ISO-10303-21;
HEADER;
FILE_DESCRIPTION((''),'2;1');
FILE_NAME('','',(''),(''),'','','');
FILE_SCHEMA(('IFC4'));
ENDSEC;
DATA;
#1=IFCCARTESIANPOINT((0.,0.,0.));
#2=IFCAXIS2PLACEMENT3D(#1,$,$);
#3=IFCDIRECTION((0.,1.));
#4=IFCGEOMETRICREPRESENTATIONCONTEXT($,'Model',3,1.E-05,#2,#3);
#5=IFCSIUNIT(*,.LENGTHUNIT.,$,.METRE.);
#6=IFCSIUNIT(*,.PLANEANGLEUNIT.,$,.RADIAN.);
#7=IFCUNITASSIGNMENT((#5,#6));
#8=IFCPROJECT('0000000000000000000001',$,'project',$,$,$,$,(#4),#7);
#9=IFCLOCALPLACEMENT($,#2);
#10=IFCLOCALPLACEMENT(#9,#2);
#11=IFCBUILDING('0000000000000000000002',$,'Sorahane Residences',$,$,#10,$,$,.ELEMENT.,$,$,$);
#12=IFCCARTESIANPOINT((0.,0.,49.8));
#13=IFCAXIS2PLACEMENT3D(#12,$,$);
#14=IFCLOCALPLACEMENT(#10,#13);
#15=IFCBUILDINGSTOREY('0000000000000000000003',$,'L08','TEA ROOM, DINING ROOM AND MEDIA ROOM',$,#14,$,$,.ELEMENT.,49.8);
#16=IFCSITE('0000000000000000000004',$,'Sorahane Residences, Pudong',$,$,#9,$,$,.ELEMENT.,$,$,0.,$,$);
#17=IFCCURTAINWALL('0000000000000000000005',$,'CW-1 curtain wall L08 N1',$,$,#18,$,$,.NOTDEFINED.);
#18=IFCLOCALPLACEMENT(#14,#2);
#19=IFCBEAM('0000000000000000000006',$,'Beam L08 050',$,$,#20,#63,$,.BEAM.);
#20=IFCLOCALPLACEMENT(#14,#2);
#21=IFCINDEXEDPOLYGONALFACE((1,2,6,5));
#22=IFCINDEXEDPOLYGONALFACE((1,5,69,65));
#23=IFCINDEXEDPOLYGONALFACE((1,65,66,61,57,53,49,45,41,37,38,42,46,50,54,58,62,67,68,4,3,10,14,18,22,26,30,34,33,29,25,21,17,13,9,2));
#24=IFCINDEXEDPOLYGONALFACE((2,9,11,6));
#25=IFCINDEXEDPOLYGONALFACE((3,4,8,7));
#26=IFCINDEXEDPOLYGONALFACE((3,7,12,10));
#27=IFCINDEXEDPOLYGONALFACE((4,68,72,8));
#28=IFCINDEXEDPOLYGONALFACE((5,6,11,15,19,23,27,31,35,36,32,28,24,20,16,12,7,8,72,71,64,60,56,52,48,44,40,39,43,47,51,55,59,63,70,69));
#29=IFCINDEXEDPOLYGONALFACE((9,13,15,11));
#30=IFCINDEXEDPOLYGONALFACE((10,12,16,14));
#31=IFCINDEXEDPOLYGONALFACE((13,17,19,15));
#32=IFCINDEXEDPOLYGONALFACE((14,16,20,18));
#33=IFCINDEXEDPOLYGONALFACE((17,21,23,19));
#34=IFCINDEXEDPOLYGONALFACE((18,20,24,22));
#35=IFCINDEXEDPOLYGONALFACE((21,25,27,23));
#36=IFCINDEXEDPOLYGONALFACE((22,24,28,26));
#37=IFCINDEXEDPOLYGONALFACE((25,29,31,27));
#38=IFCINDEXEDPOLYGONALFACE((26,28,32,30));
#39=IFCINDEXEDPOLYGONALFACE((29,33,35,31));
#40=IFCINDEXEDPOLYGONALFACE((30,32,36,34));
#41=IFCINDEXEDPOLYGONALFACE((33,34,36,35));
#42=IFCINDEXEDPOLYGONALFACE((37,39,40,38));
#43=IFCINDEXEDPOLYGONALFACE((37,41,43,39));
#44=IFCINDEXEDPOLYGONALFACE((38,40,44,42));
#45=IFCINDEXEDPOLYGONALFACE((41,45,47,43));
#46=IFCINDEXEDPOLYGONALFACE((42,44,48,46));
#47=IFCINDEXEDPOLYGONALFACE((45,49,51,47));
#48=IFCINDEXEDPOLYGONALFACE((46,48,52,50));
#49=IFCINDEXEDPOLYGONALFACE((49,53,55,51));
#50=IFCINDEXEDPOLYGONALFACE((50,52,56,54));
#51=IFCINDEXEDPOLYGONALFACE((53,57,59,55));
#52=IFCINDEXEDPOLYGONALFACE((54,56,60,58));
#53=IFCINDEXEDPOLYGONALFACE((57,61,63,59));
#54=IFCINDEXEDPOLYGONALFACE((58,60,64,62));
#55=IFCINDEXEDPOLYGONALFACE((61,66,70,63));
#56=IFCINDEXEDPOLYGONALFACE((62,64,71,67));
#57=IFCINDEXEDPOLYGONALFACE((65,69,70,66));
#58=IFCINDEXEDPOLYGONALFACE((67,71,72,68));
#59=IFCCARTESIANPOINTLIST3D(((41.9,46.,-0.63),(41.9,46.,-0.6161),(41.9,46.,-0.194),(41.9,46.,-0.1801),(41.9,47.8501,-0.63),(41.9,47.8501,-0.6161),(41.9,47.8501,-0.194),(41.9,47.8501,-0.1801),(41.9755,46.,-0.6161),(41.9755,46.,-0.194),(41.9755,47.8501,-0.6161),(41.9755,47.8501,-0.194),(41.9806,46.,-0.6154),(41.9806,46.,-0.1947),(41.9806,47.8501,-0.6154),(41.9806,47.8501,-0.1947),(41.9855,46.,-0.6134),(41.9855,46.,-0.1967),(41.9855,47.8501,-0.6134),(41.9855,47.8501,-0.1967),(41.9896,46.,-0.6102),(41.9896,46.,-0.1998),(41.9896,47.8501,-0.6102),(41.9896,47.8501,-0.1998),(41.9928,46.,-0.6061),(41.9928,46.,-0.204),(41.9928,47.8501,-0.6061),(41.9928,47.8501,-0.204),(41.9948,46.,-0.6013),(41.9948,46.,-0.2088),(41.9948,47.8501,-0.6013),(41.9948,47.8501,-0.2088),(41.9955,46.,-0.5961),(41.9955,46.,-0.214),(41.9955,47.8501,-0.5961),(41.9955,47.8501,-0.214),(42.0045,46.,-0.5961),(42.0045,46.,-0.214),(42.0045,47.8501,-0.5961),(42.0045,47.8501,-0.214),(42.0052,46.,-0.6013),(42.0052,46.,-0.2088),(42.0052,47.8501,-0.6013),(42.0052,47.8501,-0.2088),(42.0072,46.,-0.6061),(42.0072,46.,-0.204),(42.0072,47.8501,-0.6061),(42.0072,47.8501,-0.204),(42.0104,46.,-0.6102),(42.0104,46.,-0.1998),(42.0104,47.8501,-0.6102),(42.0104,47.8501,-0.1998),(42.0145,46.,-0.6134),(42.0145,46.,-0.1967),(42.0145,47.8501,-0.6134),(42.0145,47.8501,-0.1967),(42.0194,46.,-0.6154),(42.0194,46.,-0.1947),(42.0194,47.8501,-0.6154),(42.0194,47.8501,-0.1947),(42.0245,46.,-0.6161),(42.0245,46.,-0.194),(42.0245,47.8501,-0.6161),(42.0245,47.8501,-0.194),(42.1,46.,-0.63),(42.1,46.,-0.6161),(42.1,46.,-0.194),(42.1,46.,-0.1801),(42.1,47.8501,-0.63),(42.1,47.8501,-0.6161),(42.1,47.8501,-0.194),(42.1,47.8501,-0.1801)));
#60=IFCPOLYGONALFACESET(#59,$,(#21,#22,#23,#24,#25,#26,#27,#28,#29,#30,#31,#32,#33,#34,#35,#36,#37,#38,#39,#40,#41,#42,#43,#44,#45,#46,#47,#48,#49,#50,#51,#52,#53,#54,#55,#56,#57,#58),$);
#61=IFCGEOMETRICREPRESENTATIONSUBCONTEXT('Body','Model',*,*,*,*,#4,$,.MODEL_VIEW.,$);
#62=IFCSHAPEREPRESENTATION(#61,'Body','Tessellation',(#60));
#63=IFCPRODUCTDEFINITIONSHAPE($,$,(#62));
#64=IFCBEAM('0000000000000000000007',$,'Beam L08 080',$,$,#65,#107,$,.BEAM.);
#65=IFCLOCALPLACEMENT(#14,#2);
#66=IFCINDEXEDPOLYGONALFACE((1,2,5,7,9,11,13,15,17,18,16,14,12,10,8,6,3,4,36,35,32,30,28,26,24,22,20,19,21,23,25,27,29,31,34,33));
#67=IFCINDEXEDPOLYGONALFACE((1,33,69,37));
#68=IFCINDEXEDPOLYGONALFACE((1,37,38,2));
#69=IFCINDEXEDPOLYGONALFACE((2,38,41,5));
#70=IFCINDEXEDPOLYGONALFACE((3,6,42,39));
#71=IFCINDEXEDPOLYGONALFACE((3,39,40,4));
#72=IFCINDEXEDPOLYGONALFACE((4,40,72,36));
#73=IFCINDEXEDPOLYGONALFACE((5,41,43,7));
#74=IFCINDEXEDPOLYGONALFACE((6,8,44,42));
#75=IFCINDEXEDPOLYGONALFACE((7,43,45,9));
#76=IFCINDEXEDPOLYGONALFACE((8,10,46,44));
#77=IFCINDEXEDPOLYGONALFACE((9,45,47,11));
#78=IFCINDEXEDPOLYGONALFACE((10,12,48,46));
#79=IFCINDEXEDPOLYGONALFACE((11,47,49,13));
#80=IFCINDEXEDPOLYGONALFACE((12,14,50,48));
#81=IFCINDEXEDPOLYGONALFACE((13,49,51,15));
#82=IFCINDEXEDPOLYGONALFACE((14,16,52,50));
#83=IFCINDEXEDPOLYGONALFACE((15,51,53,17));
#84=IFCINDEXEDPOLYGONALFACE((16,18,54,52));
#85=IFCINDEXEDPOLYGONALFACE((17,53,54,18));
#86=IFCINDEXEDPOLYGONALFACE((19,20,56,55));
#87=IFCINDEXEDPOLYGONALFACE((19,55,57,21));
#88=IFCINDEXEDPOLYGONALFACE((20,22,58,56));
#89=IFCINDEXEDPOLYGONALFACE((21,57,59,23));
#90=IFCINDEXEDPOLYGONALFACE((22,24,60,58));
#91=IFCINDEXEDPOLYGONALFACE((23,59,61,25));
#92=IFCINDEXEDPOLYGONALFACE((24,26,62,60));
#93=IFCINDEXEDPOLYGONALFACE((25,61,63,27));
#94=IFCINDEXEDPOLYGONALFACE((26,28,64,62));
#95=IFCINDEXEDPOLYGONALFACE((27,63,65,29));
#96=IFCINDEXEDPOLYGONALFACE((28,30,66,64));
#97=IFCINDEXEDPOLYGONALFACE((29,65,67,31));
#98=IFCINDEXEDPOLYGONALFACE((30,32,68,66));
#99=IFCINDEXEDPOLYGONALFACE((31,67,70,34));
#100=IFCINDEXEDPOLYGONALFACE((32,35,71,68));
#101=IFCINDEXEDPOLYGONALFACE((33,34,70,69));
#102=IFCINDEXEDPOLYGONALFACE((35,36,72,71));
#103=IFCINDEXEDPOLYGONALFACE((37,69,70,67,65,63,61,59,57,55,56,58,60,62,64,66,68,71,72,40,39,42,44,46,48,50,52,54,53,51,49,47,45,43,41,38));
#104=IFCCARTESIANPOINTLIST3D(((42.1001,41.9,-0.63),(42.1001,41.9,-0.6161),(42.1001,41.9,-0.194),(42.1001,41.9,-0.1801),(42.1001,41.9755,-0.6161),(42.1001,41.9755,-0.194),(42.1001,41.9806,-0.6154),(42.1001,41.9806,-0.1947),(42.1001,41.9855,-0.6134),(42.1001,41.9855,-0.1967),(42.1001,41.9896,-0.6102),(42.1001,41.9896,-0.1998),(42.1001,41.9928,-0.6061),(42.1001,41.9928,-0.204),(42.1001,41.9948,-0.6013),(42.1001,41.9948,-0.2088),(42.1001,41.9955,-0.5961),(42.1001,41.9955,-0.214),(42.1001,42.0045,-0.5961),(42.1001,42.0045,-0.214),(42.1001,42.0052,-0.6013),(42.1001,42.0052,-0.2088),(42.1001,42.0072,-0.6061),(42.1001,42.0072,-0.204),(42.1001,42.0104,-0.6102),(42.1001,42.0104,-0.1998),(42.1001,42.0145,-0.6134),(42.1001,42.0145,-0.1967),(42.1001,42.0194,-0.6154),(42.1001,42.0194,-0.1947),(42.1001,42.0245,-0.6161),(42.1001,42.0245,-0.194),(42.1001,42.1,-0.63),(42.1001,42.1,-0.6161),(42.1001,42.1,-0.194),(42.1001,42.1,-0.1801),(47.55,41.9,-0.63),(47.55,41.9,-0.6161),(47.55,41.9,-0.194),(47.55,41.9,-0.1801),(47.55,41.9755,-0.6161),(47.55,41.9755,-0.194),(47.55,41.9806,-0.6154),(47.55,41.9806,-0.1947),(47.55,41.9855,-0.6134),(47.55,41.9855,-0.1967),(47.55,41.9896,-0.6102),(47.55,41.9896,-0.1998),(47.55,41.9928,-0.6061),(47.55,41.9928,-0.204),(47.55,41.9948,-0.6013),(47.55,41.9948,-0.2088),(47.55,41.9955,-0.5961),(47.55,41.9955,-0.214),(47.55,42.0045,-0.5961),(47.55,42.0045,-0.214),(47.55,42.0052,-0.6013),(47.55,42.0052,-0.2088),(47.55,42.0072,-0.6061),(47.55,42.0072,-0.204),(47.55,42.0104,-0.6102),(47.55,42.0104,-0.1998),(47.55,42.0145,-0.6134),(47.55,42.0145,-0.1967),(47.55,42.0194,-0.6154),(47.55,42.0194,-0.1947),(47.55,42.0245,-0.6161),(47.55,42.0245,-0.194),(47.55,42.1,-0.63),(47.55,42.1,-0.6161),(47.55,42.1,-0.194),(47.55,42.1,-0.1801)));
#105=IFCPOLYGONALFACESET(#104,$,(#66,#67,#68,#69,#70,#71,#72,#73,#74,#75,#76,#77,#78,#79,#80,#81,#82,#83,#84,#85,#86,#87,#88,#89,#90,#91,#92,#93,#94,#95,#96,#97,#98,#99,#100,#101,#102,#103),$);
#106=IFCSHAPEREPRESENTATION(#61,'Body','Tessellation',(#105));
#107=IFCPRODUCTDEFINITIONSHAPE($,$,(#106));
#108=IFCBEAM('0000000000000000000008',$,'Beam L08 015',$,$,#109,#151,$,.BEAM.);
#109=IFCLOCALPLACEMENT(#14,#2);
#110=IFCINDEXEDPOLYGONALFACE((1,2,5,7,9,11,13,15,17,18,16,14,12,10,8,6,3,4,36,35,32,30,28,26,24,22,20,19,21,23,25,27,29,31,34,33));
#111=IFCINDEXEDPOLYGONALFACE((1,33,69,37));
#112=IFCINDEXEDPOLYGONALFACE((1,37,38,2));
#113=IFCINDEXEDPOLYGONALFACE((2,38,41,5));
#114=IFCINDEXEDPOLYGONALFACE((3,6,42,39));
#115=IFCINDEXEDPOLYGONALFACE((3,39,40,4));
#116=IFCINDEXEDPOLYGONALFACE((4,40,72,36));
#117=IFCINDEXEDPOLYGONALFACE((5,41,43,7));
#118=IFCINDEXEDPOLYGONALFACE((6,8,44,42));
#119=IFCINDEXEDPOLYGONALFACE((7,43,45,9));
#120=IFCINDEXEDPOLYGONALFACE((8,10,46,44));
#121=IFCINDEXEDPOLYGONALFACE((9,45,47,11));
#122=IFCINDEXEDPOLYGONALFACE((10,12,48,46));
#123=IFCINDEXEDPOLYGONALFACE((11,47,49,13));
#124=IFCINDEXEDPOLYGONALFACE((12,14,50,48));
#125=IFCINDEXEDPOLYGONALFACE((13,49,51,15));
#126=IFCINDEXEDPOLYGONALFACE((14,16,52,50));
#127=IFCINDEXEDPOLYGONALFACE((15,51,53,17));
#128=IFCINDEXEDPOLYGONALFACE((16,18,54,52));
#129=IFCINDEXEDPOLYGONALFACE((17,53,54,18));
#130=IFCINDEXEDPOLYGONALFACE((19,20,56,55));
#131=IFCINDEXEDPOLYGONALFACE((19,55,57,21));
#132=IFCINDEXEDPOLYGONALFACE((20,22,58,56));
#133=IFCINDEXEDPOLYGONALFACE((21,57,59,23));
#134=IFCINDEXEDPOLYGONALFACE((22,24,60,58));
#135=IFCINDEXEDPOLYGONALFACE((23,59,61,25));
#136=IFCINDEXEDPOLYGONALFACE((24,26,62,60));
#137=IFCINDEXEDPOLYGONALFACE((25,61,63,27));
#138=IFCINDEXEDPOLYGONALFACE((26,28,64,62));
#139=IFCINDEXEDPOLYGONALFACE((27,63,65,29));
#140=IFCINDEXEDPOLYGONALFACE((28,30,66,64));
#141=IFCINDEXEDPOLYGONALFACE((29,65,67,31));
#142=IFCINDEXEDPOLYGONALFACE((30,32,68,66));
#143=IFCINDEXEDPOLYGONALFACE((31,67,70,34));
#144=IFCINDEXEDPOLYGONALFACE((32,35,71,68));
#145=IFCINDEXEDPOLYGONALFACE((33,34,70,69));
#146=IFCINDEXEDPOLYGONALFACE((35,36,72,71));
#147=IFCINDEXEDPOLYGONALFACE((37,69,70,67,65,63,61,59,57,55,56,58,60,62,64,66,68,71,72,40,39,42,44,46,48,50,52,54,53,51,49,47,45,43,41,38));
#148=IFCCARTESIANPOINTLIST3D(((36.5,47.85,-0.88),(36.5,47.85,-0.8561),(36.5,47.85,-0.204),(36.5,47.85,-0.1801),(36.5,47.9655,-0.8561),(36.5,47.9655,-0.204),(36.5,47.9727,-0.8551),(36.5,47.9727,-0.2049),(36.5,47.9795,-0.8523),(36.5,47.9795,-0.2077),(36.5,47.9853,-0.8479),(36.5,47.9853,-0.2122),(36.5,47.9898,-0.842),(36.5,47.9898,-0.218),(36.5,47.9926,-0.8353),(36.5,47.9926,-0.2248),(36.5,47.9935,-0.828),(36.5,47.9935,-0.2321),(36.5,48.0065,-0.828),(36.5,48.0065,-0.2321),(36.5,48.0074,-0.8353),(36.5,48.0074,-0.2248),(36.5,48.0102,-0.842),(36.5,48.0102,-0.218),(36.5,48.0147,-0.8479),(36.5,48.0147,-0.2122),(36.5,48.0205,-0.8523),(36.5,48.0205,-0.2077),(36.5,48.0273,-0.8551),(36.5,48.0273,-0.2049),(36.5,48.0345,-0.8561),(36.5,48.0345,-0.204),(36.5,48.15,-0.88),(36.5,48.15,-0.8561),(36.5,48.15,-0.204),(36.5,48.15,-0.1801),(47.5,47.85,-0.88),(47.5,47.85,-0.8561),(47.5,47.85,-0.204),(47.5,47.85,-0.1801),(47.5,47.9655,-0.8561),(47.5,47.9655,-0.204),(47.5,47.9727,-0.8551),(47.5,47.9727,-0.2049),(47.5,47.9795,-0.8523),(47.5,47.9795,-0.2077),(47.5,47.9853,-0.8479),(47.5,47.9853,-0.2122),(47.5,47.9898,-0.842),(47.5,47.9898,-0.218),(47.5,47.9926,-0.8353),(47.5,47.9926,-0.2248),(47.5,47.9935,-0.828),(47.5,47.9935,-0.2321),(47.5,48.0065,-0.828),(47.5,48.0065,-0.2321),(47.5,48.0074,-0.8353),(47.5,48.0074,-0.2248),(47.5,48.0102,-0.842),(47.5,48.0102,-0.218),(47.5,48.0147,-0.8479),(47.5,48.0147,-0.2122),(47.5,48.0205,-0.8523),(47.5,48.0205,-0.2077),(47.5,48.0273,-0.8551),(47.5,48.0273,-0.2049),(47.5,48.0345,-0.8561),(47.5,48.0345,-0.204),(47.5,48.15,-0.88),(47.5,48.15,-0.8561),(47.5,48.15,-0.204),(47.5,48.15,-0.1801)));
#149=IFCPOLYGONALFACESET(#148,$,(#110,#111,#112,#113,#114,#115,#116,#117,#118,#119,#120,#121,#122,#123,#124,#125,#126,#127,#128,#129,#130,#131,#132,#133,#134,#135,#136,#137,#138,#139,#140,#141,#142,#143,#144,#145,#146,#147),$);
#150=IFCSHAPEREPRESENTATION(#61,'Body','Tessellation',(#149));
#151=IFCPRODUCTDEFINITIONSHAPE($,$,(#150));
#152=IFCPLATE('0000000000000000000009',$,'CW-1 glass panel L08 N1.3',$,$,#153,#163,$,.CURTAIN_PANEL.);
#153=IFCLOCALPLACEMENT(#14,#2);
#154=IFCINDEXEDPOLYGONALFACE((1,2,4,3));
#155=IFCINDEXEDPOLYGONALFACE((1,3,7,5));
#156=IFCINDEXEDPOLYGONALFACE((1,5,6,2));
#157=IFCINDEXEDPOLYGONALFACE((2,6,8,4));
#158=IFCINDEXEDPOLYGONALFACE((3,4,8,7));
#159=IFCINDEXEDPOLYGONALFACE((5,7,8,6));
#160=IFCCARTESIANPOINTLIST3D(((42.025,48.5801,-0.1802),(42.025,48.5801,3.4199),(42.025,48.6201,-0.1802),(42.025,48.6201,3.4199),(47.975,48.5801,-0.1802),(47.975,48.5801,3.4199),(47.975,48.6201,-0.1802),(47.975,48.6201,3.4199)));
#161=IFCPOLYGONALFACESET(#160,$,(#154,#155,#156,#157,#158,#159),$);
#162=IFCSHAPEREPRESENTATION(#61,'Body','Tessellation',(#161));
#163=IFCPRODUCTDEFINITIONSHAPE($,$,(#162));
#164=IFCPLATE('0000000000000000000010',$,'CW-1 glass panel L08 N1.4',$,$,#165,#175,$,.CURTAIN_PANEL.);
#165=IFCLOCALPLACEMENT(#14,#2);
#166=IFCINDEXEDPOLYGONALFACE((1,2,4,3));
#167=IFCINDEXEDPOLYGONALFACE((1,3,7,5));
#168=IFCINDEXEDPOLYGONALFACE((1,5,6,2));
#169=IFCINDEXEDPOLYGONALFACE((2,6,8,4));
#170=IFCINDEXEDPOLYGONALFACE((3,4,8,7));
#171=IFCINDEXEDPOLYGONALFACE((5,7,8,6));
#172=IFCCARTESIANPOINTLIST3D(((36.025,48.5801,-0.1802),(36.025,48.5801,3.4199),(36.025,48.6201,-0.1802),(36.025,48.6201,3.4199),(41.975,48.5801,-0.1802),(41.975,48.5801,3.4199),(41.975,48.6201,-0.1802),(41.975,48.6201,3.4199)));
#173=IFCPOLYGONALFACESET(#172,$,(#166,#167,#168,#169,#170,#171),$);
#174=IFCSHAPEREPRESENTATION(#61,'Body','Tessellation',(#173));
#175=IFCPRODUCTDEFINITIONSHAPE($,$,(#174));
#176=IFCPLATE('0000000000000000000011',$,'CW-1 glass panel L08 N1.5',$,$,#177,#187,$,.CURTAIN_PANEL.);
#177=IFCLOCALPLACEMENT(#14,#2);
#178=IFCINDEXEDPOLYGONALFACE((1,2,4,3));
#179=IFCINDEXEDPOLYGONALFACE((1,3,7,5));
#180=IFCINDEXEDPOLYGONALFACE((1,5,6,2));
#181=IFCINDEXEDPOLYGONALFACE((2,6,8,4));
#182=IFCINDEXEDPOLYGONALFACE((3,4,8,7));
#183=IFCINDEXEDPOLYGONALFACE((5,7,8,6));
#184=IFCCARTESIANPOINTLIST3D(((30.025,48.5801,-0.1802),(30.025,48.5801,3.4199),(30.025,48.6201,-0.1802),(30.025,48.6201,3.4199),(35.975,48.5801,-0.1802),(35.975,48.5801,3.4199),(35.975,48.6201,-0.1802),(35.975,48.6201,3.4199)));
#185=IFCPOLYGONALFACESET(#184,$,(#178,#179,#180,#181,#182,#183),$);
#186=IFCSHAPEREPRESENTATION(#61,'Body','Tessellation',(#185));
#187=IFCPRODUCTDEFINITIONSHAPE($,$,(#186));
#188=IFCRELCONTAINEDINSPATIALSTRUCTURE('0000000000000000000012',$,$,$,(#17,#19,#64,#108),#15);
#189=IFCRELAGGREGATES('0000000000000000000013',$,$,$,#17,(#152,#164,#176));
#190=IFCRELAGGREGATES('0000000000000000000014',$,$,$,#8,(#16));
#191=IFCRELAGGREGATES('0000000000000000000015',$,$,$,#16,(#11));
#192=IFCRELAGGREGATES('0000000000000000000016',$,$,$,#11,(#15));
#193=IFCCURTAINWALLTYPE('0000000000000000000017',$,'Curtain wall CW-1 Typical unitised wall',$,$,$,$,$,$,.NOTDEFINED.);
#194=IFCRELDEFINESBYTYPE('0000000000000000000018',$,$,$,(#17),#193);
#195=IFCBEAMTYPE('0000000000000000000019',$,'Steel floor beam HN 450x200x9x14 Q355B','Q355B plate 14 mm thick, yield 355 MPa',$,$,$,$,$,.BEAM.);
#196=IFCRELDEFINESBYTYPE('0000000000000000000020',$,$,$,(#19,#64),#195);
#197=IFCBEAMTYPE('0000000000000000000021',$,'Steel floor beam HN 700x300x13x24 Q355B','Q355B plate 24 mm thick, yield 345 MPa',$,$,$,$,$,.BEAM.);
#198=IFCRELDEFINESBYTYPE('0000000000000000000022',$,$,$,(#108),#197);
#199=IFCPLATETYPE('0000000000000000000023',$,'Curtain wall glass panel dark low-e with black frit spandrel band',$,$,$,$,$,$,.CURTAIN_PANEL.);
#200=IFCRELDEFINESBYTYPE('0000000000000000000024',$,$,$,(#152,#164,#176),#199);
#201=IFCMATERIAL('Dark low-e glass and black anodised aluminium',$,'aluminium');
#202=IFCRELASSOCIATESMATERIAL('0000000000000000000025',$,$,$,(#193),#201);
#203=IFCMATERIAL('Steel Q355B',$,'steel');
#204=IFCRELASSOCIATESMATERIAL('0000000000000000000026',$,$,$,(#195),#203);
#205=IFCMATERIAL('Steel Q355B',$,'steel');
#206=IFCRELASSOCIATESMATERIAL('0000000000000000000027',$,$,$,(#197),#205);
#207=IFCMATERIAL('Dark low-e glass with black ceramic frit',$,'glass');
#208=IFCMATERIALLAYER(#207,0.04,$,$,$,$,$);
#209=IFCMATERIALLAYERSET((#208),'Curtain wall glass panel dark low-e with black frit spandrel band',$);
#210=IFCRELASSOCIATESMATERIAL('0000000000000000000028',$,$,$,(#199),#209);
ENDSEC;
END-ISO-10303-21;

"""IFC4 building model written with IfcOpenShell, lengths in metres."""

from ifc_helpers import new_model, si_unit, direction, frame, origin, origin_2d, place, context, subcontext, project, spatial, rectangle, i_section, extrude, material, layer, layer_set, material_profile, profile_set, type_object, element, aggregate, save


model = new_model("IFC4")

# Units and contexts
model_context = context("Model", 3, precision=1e-05, world=origin(), true_north=direction((0.0, 1.0)))
body_context = subcontext(model_context, "Body", "Model", "MODEL_VIEW")
ifc_project = project(units=[si_unit("LENGTHUNIT", "METRE"), si_unit("PLANEANGLEUNIT", "RADIAN")], contexts=[model_context])

# Site, building, storey
site_placement = place(None, origin())
site = spatial("IfcSite", under=ifc_project, at=site_placement, Name="Sorahane Residences, Pudong", CompositionType="ELEMENT", RefElevation=0.0)
building_placement = place(site_placement, origin())
building = spatial("IfcBuilding", under=site, at=building_placement, Name="Sorahane Residences", CompositionType="ELEMENT")
storey_placement = place(building_placement, frame((0.0, 0.0, 49.8)))
storey = spatial("IfcBuildingStorey", under=building, at=storey_placement, Name="L08", Description="TEA ROOM, DINING ROOM AND MEDIA ROOM", CompositionType="ELEMENT", Elevation=49.8)

# Curtain wall
ifc_material_1 = material(Name="Dark low-e glass and black anodised aluminium", Category="aluminium")
curtain_wall_type = type_object("IfcCurtainWallType", Name="Curtain wall CW-1 Typical unitised wall", PredefinedType="NOTDEFINED", material=ifc_material_1)
curtain_wall_placement = place(storey_placement, origin())
curtain_wall = element("IfcCurtainWall", 1, at=curtain_wall_placement, inside=storey, type_object=curtain_wall_type, Name="CW-1 curtain wall L08 N1", PredefinedType="NOTDEFINED")

# Beams
ifc_material_2 = material(Name="Steel Q355B", Category="steel")
ifc_material_profile_1 = material_profile(ifc_material_2, i_section(OverallWidth=0.2, OverallDepth=0.45, WebThickness=0.009, FlangeThickness=0.0139, FilletRadius=0.02, at=origin_2d()), Name="HN 450x200x9x14")
ifc_profile_set_1 = profile_set([ifc_material_profile_1], Name="Steel Q355B")
beam_type_1 = type_object("IfcBeamType", Name="Steel floor beam HN 450x200x9x14 Q355B", Description="Q355B plate 14 mm thick, yield 355 MPa", PredefinedType="BEAM", material=ifc_profile_set_1)
beam_1_placement = place(storey_placement, frame((42.0, 46.0, -0.405), z_axis=(0.0, 1.0, 0.0), x_axis=(-1.0, 0.0, 0.0)))
element("IfcBeam", 2, at=beam_1_placement, inside=storey, type_object=beam_type_1, Name="Beam L08 050", PredefinedType="BEAM", context=body_context, shape_type="SweptSolid", body=[
    extrude(i_section(OverallWidth=0.2, OverallDepth=0.45, WebThickness=0.009, FlangeThickness=0.0139, FilletRadius=0.02, at=origin_2d()), origin(), (0.0, 0.0, 1.0), 1.8501),
])
beam_2_placement = place(storey_placement, frame((42.1001, 42.0, -0.405), z_axis=(1.0, 0.0, 0.0), x_axis=(0.0, 1.0, 0.0)))
element("IfcBeam", 3, at=beam_2_placement, inside=storey, type_object=beam_type_1, Name="Beam L08 080", PredefinedType="BEAM", context=body_context, shape_type="SweptSolid", body=[
    extrude(i_section(OverallWidth=0.2, OverallDepth=0.45, WebThickness=0.009, FlangeThickness=0.0139, FilletRadius=0.02, at=origin_2d()), origin(), (0.0, 0.0, 1.0), 5.45),
])
ifc_material_3 = material(Name="Steel Q355B", Category="steel")
ifc_material_profile_2 = material_profile(ifc_material_3, i_section(OverallWidth=0.3, OverallDepth=0.7, WebThickness=0.0129, FlangeThickness=0.0239, FilletRadius=0.0281, at=origin_2d()), Name="HN 700x300x13x24")
ifc_profile_set_2 = profile_set([ifc_material_profile_2], Name="Steel Q355B")
beam_type_2 = type_object("IfcBeamType", Name="Steel floor beam HN 700x300x13x24 Q355B", Description="Q355B plate 24 mm thick, yield 345 MPa", PredefinedType="BEAM", material=ifc_profile_set_2)
beam_3_placement = place(storey_placement, frame((36.5, 48.0, -0.53), z_axis=(1.0, 0.0, 0.0), x_axis=(0.0, 1.0, 0.0)))
element("IfcBeam", 4, at=beam_3_placement, inside=storey, type_object=beam_type_2, Name="Beam L08 015", PredefinedType="BEAM", context=body_context, shape_type="SweptSolid", body=[
    extrude(i_section(OverallWidth=0.3, OverallDepth=0.7, WebThickness=0.0129, FlangeThickness=0.0239, FilletRadius=0.0281, at=origin_2d()), origin(), (0.0, 0.0, 1.0), 11.0),
])

# Plates
ifc_material_4 = material(Name="Dark low-e glass with black ceramic frit", Category="glass")
ifc_layer_1 = layer(ifc_material_4, 0.04)
ifc_layer_set_1 = layer_set([ifc_layer_1], Name="Curtain wall glass panel dark low-e with black frit spandrel band")
plate_type = type_object("IfcPlateType", Name="Curtain wall glass panel dark low-e with black frit spandrel band", PredefinedType="CURTAIN_PANEL", material=ifc_layer_set_1)
plate_1_placement = place(storey_placement, frame((45.0, 48.6001, -0.1802), z_axis=(0.0, 0.0, 1.0), x_axis=(-1.0, 0.0, 0.0)))
plate_1 = element("IfcPlate", 5, at=plate_1_placement, type_object=plate_type, Name="CW-1 glass panel L08 N1.3", PredefinedType="CURTAIN_PANEL", context=body_context, shape_type="SweptSolid", body=[
    extrude(rectangle(XDim=5.95, YDim=0.04, at=origin_2d()), origin(), (0.0, 0.0, 1.0), 3.6001),
])
plate_2_placement = place(storey_placement, frame((39.0, 48.6001, -0.1802), z_axis=(0.0, 0.0, 1.0), x_axis=(-1.0, 0.0, 0.0)))
plate_2 = element("IfcPlate", 6, at=plate_2_placement, type_object=plate_type, Name="CW-1 glass panel L08 N1.4", PredefinedType="CURTAIN_PANEL", context=body_context, shape_type="SweptSolid", body=[
    extrude(rectangle(XDim=5.95, YDim=0.04, at=origin_2d()), origin(), (0.0, 0.0, 1.0), 3.6001),
])
plate_3_placement = place(storey_placement, frame((33.0, 48.6001, -0.1802), z_axis=(0.0, 0.0, 1.0), x_axis=(-1.0, 0.0, 0.0)))
plate_3 = element("IfcPlate", 7, at=plate_3_placement, type_object=plate_type, Name="CW-1 glass panel L08 N1.5", PredefinedType="CURTAIN_PANEL", context=body_context, shape_type="SweptSolid", body=[
    extrude(rectangle(XDim=5.95, YDim=0.04, at=origin_2d()), origin(), (0.0, 0.0, 1.0), 3.6001),
])
aggregate(curtain_wall, [plate_1, plate_2, plate_3])

save(model, "model.ifc")
